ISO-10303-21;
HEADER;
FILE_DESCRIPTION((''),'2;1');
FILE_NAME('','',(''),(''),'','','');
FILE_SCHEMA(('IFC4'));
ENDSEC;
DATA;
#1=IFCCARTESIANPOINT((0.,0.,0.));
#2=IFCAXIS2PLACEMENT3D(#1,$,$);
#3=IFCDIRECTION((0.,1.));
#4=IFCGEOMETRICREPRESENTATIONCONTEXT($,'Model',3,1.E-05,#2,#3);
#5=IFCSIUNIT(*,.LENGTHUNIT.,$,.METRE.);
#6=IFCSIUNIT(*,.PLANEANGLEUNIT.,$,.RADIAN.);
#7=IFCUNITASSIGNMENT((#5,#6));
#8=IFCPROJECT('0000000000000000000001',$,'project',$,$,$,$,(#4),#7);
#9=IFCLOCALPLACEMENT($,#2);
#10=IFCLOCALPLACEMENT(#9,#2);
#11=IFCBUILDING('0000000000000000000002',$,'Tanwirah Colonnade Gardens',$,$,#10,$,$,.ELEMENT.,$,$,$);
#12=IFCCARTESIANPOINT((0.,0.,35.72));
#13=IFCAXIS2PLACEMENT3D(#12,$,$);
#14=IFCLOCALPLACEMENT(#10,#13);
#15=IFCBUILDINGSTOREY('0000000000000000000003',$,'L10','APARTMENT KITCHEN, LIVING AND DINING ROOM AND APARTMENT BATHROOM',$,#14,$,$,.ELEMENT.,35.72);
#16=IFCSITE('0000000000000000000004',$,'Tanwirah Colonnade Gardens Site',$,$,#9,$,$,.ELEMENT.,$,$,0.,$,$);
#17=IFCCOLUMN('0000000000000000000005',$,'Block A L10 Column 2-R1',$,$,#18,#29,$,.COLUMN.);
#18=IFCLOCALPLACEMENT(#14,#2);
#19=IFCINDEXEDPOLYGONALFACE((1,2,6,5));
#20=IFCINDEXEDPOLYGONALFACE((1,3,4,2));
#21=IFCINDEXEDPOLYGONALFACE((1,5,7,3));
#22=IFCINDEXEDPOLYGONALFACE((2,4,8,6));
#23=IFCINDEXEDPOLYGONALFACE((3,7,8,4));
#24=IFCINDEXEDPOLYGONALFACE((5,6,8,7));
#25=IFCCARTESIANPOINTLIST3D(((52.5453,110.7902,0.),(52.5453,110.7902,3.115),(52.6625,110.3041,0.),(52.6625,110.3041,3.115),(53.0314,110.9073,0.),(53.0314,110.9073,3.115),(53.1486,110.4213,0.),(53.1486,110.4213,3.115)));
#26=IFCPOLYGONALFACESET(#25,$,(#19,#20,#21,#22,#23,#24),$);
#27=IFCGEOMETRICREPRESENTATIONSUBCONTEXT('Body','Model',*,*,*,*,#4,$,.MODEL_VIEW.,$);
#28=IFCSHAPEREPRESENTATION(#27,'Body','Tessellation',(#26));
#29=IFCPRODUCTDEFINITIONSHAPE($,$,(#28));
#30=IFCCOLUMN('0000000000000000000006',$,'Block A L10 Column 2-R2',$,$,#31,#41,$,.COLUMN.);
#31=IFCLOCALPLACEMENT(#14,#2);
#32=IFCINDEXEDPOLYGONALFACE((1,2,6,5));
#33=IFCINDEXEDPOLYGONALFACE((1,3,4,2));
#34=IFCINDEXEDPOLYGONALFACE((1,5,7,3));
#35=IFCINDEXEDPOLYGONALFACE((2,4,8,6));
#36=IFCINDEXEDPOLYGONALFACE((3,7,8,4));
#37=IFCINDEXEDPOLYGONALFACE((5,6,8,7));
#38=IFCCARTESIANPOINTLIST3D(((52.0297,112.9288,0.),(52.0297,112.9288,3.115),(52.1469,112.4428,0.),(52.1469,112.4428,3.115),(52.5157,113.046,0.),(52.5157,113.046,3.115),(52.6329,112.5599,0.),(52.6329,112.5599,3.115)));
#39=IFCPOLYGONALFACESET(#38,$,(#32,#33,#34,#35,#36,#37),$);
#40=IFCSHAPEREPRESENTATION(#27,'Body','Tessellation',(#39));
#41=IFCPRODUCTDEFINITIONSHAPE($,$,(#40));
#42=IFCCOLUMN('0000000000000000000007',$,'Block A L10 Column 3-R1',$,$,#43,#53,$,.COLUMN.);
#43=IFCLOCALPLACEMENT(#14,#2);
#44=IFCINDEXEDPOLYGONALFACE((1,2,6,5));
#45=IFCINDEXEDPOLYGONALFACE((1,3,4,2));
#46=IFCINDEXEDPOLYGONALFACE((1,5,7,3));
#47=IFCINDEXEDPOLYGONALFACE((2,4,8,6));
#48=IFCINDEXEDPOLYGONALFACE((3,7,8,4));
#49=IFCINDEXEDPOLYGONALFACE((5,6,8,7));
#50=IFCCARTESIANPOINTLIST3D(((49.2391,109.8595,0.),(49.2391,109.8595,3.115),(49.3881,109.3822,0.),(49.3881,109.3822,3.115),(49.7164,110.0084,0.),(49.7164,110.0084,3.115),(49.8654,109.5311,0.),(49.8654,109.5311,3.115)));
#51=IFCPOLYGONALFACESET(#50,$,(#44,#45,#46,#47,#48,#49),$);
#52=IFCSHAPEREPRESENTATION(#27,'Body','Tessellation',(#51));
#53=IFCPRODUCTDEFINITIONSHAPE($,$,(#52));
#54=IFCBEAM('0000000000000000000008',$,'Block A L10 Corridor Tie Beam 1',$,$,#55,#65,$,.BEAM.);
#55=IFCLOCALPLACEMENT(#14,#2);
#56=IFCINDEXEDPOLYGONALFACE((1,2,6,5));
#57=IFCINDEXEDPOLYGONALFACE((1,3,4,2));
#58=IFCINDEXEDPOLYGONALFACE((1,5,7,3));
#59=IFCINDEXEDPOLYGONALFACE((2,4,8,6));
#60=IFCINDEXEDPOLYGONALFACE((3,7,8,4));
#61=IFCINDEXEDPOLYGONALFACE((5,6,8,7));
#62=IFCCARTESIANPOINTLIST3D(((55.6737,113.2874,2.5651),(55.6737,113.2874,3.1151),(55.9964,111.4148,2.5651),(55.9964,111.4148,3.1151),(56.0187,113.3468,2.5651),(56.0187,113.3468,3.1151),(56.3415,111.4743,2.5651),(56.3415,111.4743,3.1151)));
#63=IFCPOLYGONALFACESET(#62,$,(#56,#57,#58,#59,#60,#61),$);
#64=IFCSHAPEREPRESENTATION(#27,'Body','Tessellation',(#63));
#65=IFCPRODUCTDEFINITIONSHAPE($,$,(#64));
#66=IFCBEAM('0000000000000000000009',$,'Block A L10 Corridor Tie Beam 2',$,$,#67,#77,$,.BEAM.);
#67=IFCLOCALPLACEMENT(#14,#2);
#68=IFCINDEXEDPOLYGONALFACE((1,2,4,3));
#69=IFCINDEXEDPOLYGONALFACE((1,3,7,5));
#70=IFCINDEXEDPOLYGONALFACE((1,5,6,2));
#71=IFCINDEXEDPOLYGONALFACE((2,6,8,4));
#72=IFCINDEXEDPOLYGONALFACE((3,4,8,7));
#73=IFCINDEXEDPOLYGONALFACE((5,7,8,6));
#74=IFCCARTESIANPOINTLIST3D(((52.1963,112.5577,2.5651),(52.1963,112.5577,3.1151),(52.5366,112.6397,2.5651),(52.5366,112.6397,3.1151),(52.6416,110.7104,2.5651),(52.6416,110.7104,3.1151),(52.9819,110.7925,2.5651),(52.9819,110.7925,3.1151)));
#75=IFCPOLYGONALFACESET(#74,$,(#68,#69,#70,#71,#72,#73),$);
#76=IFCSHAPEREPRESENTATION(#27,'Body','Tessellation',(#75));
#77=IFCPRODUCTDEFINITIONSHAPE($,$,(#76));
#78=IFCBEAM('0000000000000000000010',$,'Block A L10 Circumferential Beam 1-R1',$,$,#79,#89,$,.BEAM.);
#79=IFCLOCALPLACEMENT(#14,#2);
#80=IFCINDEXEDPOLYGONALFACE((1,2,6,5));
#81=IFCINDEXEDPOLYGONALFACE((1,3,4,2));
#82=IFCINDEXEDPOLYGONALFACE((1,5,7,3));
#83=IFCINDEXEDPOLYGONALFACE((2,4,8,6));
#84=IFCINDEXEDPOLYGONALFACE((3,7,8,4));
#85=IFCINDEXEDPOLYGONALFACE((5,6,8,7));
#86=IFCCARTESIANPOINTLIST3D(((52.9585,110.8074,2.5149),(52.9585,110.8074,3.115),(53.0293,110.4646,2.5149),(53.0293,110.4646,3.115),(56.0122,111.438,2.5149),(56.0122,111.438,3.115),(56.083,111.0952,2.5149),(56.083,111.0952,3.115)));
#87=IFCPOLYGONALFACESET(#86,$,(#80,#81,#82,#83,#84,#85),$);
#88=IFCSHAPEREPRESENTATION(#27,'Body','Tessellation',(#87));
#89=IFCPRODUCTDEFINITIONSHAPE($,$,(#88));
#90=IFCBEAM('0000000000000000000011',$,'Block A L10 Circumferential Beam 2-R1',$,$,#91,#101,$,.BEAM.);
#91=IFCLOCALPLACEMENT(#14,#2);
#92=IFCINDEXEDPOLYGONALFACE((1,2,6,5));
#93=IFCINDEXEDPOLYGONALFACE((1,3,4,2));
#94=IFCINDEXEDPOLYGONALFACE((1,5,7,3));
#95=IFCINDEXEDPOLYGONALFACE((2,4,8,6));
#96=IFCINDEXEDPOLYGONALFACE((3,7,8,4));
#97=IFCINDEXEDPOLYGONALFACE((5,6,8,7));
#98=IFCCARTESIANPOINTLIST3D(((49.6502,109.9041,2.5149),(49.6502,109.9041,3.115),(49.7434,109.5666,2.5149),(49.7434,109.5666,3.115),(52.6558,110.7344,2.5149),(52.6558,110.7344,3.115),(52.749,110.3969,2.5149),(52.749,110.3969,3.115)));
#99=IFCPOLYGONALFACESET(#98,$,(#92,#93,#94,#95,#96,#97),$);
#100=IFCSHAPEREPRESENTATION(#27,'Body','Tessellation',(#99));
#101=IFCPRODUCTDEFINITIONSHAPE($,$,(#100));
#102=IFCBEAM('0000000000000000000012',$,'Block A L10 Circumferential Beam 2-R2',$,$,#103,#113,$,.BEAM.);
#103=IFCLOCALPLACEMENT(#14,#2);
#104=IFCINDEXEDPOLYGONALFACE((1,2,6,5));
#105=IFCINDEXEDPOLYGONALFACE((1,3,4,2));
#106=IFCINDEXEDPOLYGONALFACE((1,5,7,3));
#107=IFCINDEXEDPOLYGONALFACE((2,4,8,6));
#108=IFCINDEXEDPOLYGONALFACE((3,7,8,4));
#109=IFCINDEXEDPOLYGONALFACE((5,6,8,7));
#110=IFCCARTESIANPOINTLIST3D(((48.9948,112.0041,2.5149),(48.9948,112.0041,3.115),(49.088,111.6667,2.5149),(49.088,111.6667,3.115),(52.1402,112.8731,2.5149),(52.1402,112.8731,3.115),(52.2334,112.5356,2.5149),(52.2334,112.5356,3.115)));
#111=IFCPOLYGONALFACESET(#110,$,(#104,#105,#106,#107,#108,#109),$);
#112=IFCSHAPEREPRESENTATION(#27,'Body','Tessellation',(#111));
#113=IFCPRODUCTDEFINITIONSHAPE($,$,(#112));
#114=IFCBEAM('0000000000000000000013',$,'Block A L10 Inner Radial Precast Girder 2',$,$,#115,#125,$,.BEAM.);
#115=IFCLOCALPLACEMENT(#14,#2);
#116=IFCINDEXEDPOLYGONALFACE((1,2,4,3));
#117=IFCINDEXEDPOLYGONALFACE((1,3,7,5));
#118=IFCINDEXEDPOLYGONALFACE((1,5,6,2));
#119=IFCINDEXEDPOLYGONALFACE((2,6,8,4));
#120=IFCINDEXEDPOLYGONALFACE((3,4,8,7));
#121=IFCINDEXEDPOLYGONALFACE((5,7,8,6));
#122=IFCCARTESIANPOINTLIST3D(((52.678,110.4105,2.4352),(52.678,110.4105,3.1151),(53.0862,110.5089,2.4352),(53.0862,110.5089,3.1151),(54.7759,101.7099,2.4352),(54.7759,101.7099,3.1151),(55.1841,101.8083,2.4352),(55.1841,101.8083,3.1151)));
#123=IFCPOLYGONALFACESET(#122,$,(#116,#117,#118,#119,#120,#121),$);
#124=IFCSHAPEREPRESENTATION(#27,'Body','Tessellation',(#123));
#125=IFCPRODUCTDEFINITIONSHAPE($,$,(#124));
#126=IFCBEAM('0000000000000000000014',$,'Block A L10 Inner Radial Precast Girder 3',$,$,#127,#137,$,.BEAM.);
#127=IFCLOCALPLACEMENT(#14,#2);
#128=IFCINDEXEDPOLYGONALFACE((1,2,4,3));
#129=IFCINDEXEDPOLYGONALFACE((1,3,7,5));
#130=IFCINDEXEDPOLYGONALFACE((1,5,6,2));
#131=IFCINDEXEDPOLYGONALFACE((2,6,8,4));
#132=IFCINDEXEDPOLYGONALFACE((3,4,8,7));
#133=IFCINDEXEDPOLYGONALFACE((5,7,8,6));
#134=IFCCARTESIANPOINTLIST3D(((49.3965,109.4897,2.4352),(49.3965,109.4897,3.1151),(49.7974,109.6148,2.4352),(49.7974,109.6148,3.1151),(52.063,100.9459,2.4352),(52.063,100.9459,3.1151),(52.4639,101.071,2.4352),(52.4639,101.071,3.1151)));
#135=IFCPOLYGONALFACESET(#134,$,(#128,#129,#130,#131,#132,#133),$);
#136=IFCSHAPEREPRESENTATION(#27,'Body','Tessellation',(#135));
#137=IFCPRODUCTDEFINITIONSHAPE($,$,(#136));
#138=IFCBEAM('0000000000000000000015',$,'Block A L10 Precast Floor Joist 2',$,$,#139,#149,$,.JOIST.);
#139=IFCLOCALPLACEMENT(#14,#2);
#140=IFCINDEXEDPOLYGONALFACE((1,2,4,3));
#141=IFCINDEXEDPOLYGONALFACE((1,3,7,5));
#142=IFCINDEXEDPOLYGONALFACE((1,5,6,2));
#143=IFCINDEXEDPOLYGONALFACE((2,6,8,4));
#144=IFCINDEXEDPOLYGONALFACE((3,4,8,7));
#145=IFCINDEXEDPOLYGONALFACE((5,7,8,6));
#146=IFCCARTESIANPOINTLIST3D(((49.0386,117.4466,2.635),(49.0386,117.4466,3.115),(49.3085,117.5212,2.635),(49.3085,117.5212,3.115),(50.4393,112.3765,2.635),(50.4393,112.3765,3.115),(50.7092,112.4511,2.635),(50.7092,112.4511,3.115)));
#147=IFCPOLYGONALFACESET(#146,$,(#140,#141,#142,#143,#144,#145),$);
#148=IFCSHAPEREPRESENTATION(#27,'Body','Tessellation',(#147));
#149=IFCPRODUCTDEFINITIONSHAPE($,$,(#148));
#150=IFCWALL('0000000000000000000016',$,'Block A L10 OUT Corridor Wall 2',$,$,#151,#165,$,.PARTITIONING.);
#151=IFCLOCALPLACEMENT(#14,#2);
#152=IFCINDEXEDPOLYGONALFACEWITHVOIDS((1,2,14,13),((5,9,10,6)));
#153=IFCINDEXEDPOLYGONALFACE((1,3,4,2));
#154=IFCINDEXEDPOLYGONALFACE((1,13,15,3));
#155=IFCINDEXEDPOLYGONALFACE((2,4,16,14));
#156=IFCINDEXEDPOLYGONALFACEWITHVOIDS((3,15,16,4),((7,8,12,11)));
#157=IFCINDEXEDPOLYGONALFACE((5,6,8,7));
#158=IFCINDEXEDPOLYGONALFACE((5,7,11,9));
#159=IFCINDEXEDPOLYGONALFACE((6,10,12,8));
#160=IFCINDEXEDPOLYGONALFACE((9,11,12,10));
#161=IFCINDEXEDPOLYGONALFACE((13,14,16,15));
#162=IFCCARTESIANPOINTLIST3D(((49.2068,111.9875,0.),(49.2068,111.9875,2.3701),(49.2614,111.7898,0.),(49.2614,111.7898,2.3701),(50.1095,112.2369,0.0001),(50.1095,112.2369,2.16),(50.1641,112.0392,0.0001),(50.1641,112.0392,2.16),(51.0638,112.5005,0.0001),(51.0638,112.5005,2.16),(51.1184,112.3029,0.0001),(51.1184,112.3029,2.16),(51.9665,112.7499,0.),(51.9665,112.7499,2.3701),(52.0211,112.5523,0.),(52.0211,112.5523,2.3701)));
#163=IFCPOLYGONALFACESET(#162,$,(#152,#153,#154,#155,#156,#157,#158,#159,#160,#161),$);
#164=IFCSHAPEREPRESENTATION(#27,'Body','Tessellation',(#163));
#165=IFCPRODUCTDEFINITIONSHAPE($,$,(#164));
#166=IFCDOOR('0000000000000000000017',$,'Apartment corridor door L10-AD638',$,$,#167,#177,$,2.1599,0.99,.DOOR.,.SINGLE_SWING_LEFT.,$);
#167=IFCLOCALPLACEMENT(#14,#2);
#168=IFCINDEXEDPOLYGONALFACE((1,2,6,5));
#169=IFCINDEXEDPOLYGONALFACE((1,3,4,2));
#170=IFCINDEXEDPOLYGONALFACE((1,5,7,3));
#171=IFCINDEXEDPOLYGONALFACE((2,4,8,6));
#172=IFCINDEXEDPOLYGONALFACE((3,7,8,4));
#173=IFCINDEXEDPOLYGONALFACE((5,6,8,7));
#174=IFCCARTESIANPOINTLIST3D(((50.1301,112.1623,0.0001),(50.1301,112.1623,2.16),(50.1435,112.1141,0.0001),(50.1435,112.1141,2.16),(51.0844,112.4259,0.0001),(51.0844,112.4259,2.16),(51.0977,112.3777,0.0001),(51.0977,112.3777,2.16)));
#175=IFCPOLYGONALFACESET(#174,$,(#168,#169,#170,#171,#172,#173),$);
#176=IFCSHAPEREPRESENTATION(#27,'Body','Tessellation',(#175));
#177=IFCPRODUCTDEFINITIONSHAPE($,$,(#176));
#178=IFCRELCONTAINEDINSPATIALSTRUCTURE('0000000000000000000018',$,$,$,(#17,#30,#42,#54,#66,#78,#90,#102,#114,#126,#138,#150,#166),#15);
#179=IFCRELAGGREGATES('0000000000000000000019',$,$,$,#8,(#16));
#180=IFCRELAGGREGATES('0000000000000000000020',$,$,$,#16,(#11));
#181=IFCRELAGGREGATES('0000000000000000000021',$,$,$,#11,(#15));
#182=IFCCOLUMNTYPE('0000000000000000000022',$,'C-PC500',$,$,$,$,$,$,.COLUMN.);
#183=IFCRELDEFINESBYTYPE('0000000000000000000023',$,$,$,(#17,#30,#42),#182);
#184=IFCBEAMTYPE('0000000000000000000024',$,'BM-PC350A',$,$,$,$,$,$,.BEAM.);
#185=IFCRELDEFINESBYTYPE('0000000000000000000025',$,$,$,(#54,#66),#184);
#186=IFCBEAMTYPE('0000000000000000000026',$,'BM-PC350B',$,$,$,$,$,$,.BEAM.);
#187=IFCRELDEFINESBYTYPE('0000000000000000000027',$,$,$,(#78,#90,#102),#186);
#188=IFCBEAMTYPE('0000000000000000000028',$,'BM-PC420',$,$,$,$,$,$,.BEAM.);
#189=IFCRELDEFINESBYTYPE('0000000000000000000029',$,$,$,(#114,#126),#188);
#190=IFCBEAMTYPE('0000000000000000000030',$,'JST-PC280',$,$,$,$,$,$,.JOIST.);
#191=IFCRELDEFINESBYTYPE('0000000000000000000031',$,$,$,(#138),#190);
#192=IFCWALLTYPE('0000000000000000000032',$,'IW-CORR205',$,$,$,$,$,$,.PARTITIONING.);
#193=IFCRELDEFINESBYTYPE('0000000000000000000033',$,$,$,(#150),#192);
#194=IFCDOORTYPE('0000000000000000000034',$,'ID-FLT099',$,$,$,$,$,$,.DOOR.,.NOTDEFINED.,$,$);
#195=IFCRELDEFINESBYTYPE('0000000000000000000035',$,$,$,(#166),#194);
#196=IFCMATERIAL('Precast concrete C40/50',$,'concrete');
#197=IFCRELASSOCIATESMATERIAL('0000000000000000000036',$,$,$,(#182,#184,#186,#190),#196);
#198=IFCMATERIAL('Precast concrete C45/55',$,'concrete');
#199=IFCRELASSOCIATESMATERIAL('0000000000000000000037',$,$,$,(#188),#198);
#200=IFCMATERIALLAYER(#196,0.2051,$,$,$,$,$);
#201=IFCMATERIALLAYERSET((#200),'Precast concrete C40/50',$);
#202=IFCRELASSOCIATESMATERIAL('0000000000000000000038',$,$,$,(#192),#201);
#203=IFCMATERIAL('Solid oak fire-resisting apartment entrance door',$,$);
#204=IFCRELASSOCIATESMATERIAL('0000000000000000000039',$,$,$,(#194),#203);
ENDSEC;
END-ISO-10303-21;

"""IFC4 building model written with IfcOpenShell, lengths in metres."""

from ifc_helpers import new_model, si_unit, direction, frame, frame_2d, origin, origin_2d, place, context, subcontext, project, spatial, rectangle, extrude, material, layer, layer_set, material_profile, profile_set, type_object, element, fill, save


model = new_model("IFC4")

# Units and contexts
model_context = context("Model", 3, precision=1e-05, world=origin(), true_north=direction((0.0, 1.0)))
body_context = subcontext(model_context, "Body", "Model", "MODEL_VIEW")
ifc_project = project(units=[si_unit("LENGTHUNIT", "METRE"), si_unit("PLANEANGLEUNIT", "RADIAN")], contexts=[model_context])

# Site, building, storey
site_placement = place(None, origin())
site = spatial("IfcSite", under=ifc_project, at=site_placement, Name="Tanwirah Colonnade Gardens Site", CompositionType="ELEMENT", RefElevation=0.0)
building_placement = place(site_placement, origin())
building = spatial("IfcBuilding", under=site, at=building_placement, Name="Tanwirah Colonnade Gardens", CompositionType="ELEMENT")
storey_placement = place(building_placement, frame((0.0, 0.0, 35.72)))
storey = spatial("IfcBuildingStorey", under=building, at=storey_placement, Name="L10", Description="APARTMENT KITCHEN, LIVING AND DINING ROOM AND APARTMENT BATHROOM", CompositionType="ELEMENT", Elevation=35.72)

# Columns
ifc_material_1 = material(Name="Precast concrete C40/50", Category="concrete")
ifc_material_profile_1 = material_profile(ifc_material_1, rectangle(XDim=0.5, YDim=0.5, at=origin_2d()), Name="PC-COL 500x500")
ifc_profile_set_1 = profile_set([ifc_material_profile_1], Name="Precast concrete C40/50")
column_type = type_object("IfcColumnType", Name="C-PC500", PredefinedType="COLUMN", material=ifc_profile_set_1)
for number, where, z_axis, x_axis, name in (
    (1, (52.8469, 110.6057, 0.0), (0.0, 0.0, 1.0), (-0.234388, 0.972143, 0.0), "Block A L10 Column 2-R1"),
    (2, (52.3313, 112.7444, 0.0), (0.0, 0.0, 1.0), (-0.234388, 0.972143, 0.0), "Block A L10 Column 2-R2"),
    (3, (49.5522, 109.6953, 0.0), (0.0, 0.0, 1.0), (-0.29793, 0.954588, 0.0), "Block A L10 Column 3-R1"),
):
    element("IfcColumn", number, at=place(storey_placement, frame(where, z_axis=z_axis, x_axis=x_axis)), inside=storey, type_object=column_type, Name=name, PredefinedType="COLUMN", context=body_context, shape_type="SweptSolid", body=[
        extrude(rectangle(XDim=0.5, YDim=0.5, at=origin_2d()), origin(), (0.0, 0.0, 1.0), 3.115),
    ])

# Beams
ifc_material_profile_2 = material_profile(ifc_material_1, rectangle(XDim=0.3501, YDim=0.55, at=origin_2d()), Name="PC-BM 350x550")
ifc_profile_set_2 = profile_set([ifc_material_profile_2], Name="Precast concrete C40/50")
beam_type_1 = type_object("IfcBeamType", Name="BM-PC350A", PredefinedType="BEAM", material=ifc_profile_set_2)
for number, where, z_axis, x_axis, name in (
    (4, (56.1689, 111.4446, 2.8401), (-0.169855, 0.985469, 0.0), (-0.985469, -0.169855, 0.0), "Block A L10 Corridor Tie Beam 1"),
    (5, (52.8118, 110.7515, 2.8401), (-0.234364, 0.972149, 0.0), (-0.972149, -0.234364, 0.0), "Block A L10 Corridor Tie Beam 2"),
):
    element("IfcBeam", number, at=place(storey_placement, frame(where, z_axis=z_axis, x_axis=x_axis)), inside=storey, type_object=beam_type_1, Name=name, PredefinedType="BEAM", context=body_context, shape_type="SweptSolid", body=[
        extrude(rectangle(XDim=0.3501, YDim=0.55, at=origin_2d()), origin(), (0.0, 0.0, 1.0), 1.9001),
    ])
ifc_material_profile_3 = material_profile(ifc_material_1, rectangle(XDim=0.3501, YDim=0.6001, at=origin_2d()), Name="PC-BM 350x600")
ifc_profile_set_3 = profile_set([ifc_material_profile_3], Name="Precast concrete C40/50")
beam_type_2 = type_object("IfcBeamType", Name="BM-PC350B", PredefinedType="BEAM", material=ifc_profile_set_3)
for number, where, z_axis, x_axis, name in (
    (6, (56.0476, 111.2666, 2.8149), (-0.979336, -0.202241, 0.0), (0.202241, -0.979336, 0.0), "Block A L10 Circumferential Beam 1-R1"),
    (7, (52.7024, 110.5657, 2.8149), (-0.963895, -0.266283, 0.0), (0.266283, -0.963895, 0.0), "Block A L10 Circumferential Beam 2-R1"),
):
    element("IfcBeam", number, at=place(storey_placement, frame(where, z_axis=z_axis, x_axis=x_axis)), inside=storey, type_object=beam_type_2, Name=name, PredefinedType="BEAM", context=body_context, shape_type="SweptSolid", body=[
        extrude(rectangle(XDim=0.3501, YDim=0.6001, at=origin_2d()), origin(), (0.0, 0.0, 1.0), 3.1182),
    ])
beam_1_placement = place(storey_placement, frame((52.1868, 112.7043, 2.8149), z_axis=(-0.963895, -0.266281, 0.0), x_axis=(0.266281, -0.963895, 0.0)))
element("IfcBeam", 8, at=beam_1_placement, inside=storey, type_object=beam_type_2, Name="Block A L10 Circumferential Beam 2-R2", PredefinedType="BEAM", context=body_context, shape_type="SweptSolid", body=[
    extrude(rectangle(XDim=0.3501, YDim=0.6001, at=origin_2d()), origin(), (0.0, 0.0, 1.0), 3.2632),
])
ifc_material_2 = material(Name="Precast concrete C45/55", Category="concrete")
ifc_material_profile_4 = material_profile(ifc_material_2, rectangle(XDim=0.4199, YDim=0.6799, at=origin_2d()), Name="PC-BM 420x680")
ifc_profile_set_4 = profile_set([ifc_material_profile_4], Name="Precast concrete C45/55")
beam_type_3 = type_object("IfcBeamType", Name="BM-PC420", PredefinedType="BEAM", material=ifc_profile_set_4)
beam_2_placement = place(storey_placement, frame((52.8821, 110.4597, 2.7751), z_axis=(0.234401, -0.97214, 0.0), x_axis=(0.97214, 0.234401, 0.0)))
element("IfcBeam", 9, at=beam_2_placement, inside=storey, type_object=beam_type_3, Name="Block A L10 Inner Radial Precast Girder 2", PredefinedType="BEAM", context=body_context, shape_type="SweptSolid", body=[
    extrude(rectangle(XDim=0.4199, YDim=0.6799, at=origin_2d()), origin(), (0.0, 0.0, 1.0), 8.95),
])
beam_3_placement = place(storey_placement, frame((49.5969, 109.5522, 2.7751), z_axis=(0.297929, -0.954588, 0.0), x_axis=(0.954588, 0.297929, 0.0)))
element("IfcBeam", 10, at=beam_3_placement, inside=storey, type_object=beam_type_3, Name="Block A L10 Inner Radial Precast Girder 3", PredefinedType="BEAM", context=body_context, shape_type="SweptSolid", body=[
    extrude(rectangle(XDim=0.4199, YDim=0.6799, at=origin_2d()), origin(), (0.0, 0.0, 1.0), 8.9502),
])
ifc_material_profile_5 = material_profile(ifc_material_1, rectangle(XDim=0.28, YDim=0.48, at=origin_2d()), Name="PC-JST 280x480")
ifc_profile_set_5 = profile_set([ifc_material_profile_5], Name="Precast concrete C40/50")
beam_type_4 = type_object("IfcBeamType", Name="JST-PC280", PredefinedType="JOIST", material=ifc_profile_set_5)
beam_4_placement = place(storey_placement, frame((50.5742, 112.4138, 2.875), z_axis=(-0.266281, 0.963895, 0.0), x_axis=(-0.963895, -0.266281, 0.0)))
element("IfcBeam", 11, at=beam_4_placement, inside=storey, type_object=beam_type_4, Name="Block A L10 Precast Floor Joist 2", PredefinedType="JOIST", context=body_context, shape_type="SweptSolid", body=[
    extrude(rectangle(XDim=0.28, YDim=0.48, at=origin_2d()), origin(), (0.0, 0.0, 1.0), 5.26),
])

# Wall, opening, door
ifc_layer = layer(ifc_material_1, 0.2051)
ifc_layer_set = layer_set([ifc_layer], Name="Precast concrete C40/50")
wall_type = type_object("IfcWallType", Name="IW-CORR205", PredefinedType="PARTITIONING", material=ifc_layer_set)
ifc_material_3 = material(Name="Solid oak fire-resisting apartment entrance door")
wall_1_placement = place(storey_placement, frame((51.9939, 112.6511, 0.0), z_axis=(0.0, 0.0, 1.0), x_axis=(-0.963891, -0.266298, 0.0)))
wall_1 = element("IfcWall", 12, at=wall_1_placement, inside=storey, type_object=wall_type, Name="Block A L10 OUT Corridor Wall 2", PredefinedType="PARTITIONING", context=body_context, shape_type="SweptSolid", body=[
    extrude(rectangle(XDim=2.863, YDim=0.2051, at=frame_2d((1.4316, 0.0))), origin(), (0.0, 0.0, 1.0), 2.3701),
])
opening_1_placement = place(wall_1_placement, frame((0.9365, 0.0, 0.0)))
opening_1 = element("IfcOpeningElement", 13, at=opening_1_placement, cuts=wall_1, PredefinedType="OPENING", context=body_context, shape_type="SweptSolid", body=[
    extrude(rectangle(XDim=0.99, YDim=2.1599, at=frame_2d((0.4951, 1.0801))), frame((0.0, 0.1125, 0.0), z_axis=(0.0, -1.0, 0.0), x_axis=(1.0, 0.0, 0.0)), (0.0, 0.0, 1.0), 0.2251),
])
door_type_1 = type_object("IfcDoorType", Name="ID-FLT099", OperationType="NOTDEFINED", PredefinedType="DOOR", material=ifc_material_3)
door_1_placement = place(opening_1_placement, origin())
door_1 = element("IfcDoor", 14, at=door_1_placement, inside=storey, type_object=door_type_1, Name="Apartment corridor door L10-AD638", OperationType="SINGLE_SWING_LEFT", OverallHeight=2.1599, OverallWidth=0.99, PredefinedType="DOOR", context=body_context, shape_type="SweptSolid", body=[
    extrude(rectangle(XDim=0.99, YDim=2.1599, at=frame_2d((0.4951, 1.0801))), frame((0.0, 0.0249, 0.0), z_axis=(0.0, -1.0, 0.0), x_axis=(1.0, 0.0, 0.0)), (0.0, 0.0, 1.0), 0.05),
])
fill(opening_1, door_1)

save(model, "model.ifc")
